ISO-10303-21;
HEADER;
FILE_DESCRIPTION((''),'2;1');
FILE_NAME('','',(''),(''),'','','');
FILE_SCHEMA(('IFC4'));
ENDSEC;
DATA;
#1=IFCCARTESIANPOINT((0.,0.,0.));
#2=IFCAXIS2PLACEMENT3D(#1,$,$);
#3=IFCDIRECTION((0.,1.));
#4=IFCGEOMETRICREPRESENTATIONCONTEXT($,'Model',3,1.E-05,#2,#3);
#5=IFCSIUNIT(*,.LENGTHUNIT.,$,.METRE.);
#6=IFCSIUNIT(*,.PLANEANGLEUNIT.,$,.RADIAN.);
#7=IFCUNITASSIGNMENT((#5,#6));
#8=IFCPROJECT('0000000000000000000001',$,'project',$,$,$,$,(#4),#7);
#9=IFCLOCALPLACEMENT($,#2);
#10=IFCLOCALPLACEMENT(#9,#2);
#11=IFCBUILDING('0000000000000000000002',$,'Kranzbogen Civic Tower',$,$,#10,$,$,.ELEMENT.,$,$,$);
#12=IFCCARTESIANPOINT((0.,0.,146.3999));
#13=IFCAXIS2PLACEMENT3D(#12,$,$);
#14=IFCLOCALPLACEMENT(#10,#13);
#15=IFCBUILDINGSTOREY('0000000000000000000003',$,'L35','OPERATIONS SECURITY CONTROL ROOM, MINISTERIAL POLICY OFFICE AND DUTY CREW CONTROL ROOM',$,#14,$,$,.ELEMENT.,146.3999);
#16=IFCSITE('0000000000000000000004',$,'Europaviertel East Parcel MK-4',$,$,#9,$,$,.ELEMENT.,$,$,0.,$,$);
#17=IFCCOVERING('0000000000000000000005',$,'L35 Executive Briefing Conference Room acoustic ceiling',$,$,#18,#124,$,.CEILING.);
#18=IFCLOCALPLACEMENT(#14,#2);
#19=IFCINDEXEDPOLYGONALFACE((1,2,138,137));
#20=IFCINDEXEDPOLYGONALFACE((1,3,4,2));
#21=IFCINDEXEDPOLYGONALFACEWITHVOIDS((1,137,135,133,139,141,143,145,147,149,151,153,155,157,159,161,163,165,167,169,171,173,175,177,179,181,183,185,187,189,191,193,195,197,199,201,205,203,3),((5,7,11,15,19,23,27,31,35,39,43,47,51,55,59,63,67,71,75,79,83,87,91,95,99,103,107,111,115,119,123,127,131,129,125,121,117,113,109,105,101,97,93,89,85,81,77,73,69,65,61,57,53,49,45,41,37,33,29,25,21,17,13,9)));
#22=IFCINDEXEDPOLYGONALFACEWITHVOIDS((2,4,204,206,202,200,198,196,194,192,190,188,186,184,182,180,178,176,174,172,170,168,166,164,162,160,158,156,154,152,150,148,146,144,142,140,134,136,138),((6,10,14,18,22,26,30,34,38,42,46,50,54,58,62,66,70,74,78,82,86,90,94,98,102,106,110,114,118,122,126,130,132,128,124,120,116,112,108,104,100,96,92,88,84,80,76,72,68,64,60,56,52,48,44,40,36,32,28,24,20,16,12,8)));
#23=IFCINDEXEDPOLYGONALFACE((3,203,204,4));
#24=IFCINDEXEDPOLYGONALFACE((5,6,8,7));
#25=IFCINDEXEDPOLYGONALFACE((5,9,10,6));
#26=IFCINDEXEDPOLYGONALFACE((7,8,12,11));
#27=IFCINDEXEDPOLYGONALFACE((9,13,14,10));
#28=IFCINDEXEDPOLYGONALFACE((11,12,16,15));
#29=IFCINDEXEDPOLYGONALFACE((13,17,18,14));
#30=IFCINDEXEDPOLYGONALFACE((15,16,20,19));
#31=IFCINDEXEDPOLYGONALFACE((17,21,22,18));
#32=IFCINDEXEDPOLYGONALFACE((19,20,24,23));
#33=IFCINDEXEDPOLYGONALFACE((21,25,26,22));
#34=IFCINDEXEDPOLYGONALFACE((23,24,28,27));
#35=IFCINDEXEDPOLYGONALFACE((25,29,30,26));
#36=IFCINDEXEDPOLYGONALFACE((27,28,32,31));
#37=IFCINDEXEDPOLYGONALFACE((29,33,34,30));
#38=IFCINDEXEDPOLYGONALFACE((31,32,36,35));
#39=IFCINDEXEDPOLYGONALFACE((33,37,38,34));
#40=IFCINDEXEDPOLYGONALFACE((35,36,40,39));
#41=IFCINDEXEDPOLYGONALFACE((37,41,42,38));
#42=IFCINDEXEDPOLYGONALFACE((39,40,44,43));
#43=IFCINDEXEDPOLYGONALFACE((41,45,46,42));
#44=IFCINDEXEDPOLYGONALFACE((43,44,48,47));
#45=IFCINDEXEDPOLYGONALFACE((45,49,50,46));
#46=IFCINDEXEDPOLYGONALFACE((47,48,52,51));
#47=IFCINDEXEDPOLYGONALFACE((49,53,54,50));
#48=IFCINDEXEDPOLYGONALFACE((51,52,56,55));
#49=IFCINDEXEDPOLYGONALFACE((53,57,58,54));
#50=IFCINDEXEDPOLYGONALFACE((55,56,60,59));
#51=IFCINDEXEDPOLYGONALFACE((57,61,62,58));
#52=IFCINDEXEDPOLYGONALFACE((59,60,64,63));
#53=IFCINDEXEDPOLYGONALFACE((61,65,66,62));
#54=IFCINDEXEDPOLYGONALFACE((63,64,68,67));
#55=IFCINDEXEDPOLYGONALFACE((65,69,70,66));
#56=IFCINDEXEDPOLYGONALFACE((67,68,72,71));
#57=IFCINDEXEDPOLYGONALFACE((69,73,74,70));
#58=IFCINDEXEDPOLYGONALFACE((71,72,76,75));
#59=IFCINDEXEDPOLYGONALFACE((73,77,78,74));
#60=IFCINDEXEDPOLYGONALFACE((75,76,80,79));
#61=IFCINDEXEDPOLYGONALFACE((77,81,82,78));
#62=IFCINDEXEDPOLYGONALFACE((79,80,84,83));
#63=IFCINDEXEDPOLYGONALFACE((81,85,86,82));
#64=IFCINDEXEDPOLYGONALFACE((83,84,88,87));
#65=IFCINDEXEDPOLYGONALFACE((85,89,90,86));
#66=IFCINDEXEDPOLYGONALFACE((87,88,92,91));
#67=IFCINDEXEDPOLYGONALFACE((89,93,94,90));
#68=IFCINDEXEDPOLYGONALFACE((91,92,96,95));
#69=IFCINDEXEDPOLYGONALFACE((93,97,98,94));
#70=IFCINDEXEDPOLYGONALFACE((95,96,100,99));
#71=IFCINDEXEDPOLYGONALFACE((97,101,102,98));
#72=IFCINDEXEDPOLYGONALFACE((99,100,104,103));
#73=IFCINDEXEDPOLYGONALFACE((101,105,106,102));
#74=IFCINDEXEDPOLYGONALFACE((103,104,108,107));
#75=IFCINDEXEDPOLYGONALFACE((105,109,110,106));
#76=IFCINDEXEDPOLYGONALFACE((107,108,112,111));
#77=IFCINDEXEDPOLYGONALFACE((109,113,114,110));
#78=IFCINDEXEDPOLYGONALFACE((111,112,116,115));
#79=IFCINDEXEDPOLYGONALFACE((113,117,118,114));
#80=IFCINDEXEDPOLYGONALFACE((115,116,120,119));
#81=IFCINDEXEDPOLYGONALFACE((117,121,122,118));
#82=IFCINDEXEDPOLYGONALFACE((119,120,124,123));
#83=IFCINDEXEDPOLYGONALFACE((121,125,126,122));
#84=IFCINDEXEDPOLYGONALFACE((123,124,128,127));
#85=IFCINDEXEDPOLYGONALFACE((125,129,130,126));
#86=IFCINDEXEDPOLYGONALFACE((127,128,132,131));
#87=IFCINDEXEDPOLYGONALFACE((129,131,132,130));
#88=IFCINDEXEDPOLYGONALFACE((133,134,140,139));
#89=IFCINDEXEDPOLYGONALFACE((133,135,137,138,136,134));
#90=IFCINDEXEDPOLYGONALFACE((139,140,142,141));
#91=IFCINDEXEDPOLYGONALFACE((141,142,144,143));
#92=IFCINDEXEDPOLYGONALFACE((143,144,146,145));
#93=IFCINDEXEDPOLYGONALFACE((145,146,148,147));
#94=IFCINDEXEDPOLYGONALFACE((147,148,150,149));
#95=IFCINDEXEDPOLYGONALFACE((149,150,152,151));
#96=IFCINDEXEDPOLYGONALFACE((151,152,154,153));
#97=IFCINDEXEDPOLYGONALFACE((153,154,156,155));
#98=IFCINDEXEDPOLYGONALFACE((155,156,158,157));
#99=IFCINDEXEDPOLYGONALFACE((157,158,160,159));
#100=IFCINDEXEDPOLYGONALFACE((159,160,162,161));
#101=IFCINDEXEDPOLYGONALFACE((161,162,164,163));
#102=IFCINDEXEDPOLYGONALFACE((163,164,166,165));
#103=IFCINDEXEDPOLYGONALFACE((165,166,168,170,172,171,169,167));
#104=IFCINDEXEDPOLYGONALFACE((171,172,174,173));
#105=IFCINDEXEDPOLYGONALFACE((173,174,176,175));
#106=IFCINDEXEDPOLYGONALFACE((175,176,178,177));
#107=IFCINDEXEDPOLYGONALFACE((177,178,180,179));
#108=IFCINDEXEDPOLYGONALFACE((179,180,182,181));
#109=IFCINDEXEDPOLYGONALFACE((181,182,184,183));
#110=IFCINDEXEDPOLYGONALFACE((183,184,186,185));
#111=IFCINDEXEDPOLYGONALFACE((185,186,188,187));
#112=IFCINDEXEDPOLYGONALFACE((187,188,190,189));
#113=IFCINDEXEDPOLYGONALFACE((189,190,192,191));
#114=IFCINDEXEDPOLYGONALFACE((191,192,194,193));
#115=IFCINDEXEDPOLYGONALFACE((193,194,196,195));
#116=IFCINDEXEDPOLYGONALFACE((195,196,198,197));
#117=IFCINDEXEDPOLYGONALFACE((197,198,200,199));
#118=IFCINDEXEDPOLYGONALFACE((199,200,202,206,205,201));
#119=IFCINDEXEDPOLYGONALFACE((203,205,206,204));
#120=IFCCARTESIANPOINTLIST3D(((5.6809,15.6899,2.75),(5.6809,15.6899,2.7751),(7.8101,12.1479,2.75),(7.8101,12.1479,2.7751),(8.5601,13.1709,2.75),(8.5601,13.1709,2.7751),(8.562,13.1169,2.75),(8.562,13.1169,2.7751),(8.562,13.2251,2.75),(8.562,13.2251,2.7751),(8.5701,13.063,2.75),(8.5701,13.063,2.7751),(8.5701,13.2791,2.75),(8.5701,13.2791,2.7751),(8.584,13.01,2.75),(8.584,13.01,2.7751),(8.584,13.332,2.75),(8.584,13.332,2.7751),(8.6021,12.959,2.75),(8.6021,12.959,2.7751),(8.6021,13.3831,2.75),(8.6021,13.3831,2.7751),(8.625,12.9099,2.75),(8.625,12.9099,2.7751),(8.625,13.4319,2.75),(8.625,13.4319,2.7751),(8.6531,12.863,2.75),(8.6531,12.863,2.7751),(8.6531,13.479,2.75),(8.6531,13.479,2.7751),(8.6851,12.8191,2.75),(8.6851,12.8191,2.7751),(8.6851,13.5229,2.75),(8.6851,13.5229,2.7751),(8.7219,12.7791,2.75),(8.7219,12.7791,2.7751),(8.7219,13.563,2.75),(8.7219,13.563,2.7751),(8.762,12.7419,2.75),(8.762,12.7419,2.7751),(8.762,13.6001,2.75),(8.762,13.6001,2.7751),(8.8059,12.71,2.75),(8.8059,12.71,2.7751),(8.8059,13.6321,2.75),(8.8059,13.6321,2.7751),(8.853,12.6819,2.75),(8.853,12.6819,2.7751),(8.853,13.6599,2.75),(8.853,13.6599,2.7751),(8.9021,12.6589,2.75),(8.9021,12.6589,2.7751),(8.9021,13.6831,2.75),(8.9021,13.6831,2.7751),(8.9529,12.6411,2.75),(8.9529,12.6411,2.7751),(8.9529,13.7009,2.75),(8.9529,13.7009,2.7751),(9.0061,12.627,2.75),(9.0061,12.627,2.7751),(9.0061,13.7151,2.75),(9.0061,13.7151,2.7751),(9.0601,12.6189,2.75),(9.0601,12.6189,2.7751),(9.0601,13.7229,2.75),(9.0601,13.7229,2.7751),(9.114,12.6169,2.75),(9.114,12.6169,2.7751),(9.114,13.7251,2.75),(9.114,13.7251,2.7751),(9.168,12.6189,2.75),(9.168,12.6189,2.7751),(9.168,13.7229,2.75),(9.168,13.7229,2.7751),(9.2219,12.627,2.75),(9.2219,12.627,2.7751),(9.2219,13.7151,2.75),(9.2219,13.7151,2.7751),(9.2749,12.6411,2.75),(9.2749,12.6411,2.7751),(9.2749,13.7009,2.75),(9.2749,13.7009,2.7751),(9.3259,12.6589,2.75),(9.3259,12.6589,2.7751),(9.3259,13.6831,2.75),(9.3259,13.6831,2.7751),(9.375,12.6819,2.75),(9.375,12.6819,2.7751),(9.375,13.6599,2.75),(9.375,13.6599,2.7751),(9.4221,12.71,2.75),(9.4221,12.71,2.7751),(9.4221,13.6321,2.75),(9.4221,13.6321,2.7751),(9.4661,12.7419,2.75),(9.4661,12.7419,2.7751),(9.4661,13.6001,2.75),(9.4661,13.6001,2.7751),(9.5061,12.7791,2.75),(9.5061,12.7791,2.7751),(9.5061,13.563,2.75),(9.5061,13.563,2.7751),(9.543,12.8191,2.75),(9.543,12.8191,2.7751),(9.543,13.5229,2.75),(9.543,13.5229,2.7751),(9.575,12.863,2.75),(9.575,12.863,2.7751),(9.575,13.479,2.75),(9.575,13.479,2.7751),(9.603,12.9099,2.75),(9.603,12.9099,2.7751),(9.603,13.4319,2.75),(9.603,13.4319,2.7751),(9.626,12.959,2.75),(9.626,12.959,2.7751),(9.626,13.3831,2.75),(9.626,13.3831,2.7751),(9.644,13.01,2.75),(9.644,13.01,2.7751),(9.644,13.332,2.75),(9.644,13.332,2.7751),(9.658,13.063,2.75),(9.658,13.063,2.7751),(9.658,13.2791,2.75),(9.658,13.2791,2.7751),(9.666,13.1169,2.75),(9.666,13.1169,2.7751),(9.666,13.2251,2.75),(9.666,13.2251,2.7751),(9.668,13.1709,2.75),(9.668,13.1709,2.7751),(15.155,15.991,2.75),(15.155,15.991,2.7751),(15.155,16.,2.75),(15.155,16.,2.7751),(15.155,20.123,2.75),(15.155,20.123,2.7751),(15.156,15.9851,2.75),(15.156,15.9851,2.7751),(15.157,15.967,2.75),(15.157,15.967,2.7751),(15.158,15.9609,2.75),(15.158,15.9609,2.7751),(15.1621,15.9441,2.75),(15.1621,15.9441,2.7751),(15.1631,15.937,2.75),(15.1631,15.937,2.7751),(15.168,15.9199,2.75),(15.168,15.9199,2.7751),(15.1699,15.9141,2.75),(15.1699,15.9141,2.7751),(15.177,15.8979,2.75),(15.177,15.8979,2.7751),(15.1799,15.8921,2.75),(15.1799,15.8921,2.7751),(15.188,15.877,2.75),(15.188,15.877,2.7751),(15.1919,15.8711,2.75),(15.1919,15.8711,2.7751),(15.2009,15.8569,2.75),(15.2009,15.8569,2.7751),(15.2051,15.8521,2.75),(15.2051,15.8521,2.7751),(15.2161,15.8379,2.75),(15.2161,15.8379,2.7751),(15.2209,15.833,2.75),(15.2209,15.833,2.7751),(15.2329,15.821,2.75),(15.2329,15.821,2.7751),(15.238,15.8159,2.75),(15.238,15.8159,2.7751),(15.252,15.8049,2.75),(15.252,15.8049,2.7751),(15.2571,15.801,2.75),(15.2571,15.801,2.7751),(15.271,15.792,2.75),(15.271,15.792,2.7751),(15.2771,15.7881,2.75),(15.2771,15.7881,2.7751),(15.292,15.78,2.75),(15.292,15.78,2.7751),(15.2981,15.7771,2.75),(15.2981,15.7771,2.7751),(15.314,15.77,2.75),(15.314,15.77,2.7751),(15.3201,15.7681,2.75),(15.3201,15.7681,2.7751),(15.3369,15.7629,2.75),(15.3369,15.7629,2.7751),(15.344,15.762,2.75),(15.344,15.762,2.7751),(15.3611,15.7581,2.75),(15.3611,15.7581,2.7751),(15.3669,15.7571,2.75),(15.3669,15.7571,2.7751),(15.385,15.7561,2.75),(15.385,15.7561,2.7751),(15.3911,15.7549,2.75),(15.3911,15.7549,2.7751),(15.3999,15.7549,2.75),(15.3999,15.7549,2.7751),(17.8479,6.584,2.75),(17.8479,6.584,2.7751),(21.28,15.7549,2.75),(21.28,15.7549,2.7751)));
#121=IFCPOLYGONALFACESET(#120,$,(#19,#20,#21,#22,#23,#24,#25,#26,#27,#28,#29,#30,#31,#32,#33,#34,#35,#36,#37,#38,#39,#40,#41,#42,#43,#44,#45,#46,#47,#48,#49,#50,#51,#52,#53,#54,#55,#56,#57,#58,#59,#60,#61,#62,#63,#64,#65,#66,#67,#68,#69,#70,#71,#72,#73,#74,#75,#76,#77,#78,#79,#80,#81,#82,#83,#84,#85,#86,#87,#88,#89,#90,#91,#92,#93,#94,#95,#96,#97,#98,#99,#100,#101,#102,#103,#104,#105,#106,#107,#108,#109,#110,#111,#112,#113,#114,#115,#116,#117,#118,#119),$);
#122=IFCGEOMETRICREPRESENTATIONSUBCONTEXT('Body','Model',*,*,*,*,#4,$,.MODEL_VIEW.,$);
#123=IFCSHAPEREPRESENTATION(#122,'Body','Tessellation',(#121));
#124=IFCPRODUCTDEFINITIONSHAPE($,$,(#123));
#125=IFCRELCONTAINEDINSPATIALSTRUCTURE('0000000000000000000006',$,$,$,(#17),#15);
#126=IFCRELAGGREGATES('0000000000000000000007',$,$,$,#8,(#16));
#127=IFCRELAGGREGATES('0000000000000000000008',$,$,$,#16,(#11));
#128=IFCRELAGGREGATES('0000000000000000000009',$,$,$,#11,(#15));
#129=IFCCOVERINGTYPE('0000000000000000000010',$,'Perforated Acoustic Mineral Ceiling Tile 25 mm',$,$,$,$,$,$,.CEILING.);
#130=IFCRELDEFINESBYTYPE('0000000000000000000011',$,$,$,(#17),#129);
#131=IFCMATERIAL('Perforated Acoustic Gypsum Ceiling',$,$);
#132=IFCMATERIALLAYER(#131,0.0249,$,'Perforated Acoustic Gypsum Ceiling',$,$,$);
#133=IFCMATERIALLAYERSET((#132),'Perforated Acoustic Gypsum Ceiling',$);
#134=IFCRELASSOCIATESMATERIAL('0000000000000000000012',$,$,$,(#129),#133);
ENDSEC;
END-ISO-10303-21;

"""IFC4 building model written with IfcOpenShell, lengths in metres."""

from ifc_helpers import new_model, si_unit, direction, frame, origin, place, context, subcontext, project, spatial, polyline, outline, extrude, material, layer, layer_set, type_object, element, save


model = new_model("IFC4")

# Units and contexts
model_context = context("Model", 3, precision=1e-05, world=origin(), true_north=direction((0.0, 1.0)))
body_context = subcontext(model_context, "Body", "Model", "MODEL_VIEW")
ifc_project = project(units=[si_unit("LENGTHUNIT", "METRE"), si_unit("PLANEANGLEUNIT", "RADIAN")], contexts=[model_context])

# Site, building, storey
site_placement = place(None, origin())
site = spatial("IfcSite", under=ifc_project, at=site_placement, Name="Europaviertel East Parcel MK-4", CompositionType="ELEMENT", RefElevation=0.0)
building_placement = place(site_placement, origin())
building = spatial("IfcBuilding", under=site, at=building_placement, Name="Kranzbogen Civic Tower", CompositionType="ELEMENT")
storey_placement = place(building_placement, frame((0.0, 0.0, 146.3999)))
storey = spatial("IfcBuildingStorey", under=building, at=storey_placement, Name="L35", Description="OPERATIONS SECURITY CONTROL ROOM, MINISTERIAL POLICY OFFICE AND DUTY CREW CONTROL ROOM", CompositionType="ELEMENT", Elevation=146.3999)

# Covering
ifc_material_1 = material(Name="Perforated Acoustic Gypsum Ceiling")
ifc_layer_1 = layer(ifc_material_1, 0.0249, Name="Perforated Acoustic Gypsum Ceiling")
ifc_layer_set_1 = layer_set([ifc_layer_1], Name="Perforated Acoustic Gypsum Ceiling")
covering_type = type_object("IfcCoveringType", Name="Perforated Acoustic Mineral Ceiling Tile 25 mm", PredefinedType="CEILING", material=ifc_layer_set_1)
covering_1_placement = place(storey_placement, frame((0.0, 0.0, 2.75)))
element("IfcCovering", 1, at=covering_1_placement, inside=storey, type_object=covering_type, Name="L35 Executive Briefing Conference Room acoustic ceiling", PredefinedType="CEILING", context=body_context, shape_type="SweptSolid", body=[
    extrude(outline(polyline([(5.6809, 15.6899), (15.155, 20.123), (15.155, 16.0), (15.155, 15.991), (15.156, 15.9851), (15.157, 15.967), (15.158, 15.9609), (15.1621, 15.9441), (15.1631, 15.937), (15.168, 15.9199), (15.1699, 15.9141), (15.177, 15.8979), (15.1799, 15.8921), (15.188, 15.877), (15.1919, 15.8711), (15.2009, 15.8569), (15.2051, 15.8521), (15.2161, 15.8379), (15.2209, 15.833), (15.2329, 15.821), (15.238, 15.8159), (15.252, 15.8049), (15.2571, 15.801), (15.271, 15.792), (15.2771, 15.7881), (15.292, 15.78), (15.2981, 15.7771), (15.314, 15.77), (15.3201, 15.7681), (15.3369, 15.7629), (15.344, 15.762), (15.3611, 15.7581), (15.3669, 15.7571), (15.385, 15.7561), (15.3911, 15.7549), (15.3999, 15.7549), (21.28, 15.7549), (17.8479, 6.584), (7.8101, 12.1479), (5.6809, 15.6899)]), holes=[polyline([(9.626, 12.959), (9.603, 12.9099), (9.575, 12.863), (9.543, 12.8191), (9.5061, 12.7791), (9.4661, 12.7419), (9.4221, 12.71), (9.375, 12.6819), (9.3259, 12.6589), (9.2749, 12.6411), (9.2219, 12.627), (9.168, 12.6189), (9.114, 12.6169), (9.0601, 12.6189), (9.0061, 12.627), (8.9529, 12.6411), (8.9021, 12.6589), (8.853, 12.6819), (8.8059, 12.71), (8.762, 12.7419), (8.7219, 12.7791), (8.6851, 12.8191), (8.6531, 12.863), (8.625, 12.9099), (8.6021, 12.959), (8.584, 13.01), (8.5701, 13.063), (8.562, 13.1169), (8.5601, 13.1709), (8.562, 13.2251), (8.5701, 13.2791), (8.584, 13.332), (8.6021, 13.3831), (8.625, 13.4319), (8.6531, 13.479), (8.6851, 13.5229), (8.7219, 13.563), (8.762, 13.6001), (8.8059, 13.6321), (8.853, 13.6599), (8.9021, 13.6831), (8.9529, 13.7009), (9.0061, 13.7151), (9.0601, 13.7229), (9.114, 13.7251), (9.168, 13.7229), (9.2219, 13.7151), (9.2749, 13.7009), (9.3259, 13.6831), (9.375, 13.6599), (9.4221, 13.6321), (9.4661, 13.6001), (9.5061, 13.563), (9.543, 13.5229), (9.575, 13.479), (9.603, 13.4319), (9.626, 13.3831), (9.644, 13.332), (9.658, 13.2791), (9.666, 13.2251), (9.668, 13.1709), (9.666, 13.1169), (9.658, 13.063), (9.644, 13.01), (9.626, 12.959)])]), origin(), (0.0, 0.0, 1.0), 0.0251),
])

save(model, "model.ifc")
